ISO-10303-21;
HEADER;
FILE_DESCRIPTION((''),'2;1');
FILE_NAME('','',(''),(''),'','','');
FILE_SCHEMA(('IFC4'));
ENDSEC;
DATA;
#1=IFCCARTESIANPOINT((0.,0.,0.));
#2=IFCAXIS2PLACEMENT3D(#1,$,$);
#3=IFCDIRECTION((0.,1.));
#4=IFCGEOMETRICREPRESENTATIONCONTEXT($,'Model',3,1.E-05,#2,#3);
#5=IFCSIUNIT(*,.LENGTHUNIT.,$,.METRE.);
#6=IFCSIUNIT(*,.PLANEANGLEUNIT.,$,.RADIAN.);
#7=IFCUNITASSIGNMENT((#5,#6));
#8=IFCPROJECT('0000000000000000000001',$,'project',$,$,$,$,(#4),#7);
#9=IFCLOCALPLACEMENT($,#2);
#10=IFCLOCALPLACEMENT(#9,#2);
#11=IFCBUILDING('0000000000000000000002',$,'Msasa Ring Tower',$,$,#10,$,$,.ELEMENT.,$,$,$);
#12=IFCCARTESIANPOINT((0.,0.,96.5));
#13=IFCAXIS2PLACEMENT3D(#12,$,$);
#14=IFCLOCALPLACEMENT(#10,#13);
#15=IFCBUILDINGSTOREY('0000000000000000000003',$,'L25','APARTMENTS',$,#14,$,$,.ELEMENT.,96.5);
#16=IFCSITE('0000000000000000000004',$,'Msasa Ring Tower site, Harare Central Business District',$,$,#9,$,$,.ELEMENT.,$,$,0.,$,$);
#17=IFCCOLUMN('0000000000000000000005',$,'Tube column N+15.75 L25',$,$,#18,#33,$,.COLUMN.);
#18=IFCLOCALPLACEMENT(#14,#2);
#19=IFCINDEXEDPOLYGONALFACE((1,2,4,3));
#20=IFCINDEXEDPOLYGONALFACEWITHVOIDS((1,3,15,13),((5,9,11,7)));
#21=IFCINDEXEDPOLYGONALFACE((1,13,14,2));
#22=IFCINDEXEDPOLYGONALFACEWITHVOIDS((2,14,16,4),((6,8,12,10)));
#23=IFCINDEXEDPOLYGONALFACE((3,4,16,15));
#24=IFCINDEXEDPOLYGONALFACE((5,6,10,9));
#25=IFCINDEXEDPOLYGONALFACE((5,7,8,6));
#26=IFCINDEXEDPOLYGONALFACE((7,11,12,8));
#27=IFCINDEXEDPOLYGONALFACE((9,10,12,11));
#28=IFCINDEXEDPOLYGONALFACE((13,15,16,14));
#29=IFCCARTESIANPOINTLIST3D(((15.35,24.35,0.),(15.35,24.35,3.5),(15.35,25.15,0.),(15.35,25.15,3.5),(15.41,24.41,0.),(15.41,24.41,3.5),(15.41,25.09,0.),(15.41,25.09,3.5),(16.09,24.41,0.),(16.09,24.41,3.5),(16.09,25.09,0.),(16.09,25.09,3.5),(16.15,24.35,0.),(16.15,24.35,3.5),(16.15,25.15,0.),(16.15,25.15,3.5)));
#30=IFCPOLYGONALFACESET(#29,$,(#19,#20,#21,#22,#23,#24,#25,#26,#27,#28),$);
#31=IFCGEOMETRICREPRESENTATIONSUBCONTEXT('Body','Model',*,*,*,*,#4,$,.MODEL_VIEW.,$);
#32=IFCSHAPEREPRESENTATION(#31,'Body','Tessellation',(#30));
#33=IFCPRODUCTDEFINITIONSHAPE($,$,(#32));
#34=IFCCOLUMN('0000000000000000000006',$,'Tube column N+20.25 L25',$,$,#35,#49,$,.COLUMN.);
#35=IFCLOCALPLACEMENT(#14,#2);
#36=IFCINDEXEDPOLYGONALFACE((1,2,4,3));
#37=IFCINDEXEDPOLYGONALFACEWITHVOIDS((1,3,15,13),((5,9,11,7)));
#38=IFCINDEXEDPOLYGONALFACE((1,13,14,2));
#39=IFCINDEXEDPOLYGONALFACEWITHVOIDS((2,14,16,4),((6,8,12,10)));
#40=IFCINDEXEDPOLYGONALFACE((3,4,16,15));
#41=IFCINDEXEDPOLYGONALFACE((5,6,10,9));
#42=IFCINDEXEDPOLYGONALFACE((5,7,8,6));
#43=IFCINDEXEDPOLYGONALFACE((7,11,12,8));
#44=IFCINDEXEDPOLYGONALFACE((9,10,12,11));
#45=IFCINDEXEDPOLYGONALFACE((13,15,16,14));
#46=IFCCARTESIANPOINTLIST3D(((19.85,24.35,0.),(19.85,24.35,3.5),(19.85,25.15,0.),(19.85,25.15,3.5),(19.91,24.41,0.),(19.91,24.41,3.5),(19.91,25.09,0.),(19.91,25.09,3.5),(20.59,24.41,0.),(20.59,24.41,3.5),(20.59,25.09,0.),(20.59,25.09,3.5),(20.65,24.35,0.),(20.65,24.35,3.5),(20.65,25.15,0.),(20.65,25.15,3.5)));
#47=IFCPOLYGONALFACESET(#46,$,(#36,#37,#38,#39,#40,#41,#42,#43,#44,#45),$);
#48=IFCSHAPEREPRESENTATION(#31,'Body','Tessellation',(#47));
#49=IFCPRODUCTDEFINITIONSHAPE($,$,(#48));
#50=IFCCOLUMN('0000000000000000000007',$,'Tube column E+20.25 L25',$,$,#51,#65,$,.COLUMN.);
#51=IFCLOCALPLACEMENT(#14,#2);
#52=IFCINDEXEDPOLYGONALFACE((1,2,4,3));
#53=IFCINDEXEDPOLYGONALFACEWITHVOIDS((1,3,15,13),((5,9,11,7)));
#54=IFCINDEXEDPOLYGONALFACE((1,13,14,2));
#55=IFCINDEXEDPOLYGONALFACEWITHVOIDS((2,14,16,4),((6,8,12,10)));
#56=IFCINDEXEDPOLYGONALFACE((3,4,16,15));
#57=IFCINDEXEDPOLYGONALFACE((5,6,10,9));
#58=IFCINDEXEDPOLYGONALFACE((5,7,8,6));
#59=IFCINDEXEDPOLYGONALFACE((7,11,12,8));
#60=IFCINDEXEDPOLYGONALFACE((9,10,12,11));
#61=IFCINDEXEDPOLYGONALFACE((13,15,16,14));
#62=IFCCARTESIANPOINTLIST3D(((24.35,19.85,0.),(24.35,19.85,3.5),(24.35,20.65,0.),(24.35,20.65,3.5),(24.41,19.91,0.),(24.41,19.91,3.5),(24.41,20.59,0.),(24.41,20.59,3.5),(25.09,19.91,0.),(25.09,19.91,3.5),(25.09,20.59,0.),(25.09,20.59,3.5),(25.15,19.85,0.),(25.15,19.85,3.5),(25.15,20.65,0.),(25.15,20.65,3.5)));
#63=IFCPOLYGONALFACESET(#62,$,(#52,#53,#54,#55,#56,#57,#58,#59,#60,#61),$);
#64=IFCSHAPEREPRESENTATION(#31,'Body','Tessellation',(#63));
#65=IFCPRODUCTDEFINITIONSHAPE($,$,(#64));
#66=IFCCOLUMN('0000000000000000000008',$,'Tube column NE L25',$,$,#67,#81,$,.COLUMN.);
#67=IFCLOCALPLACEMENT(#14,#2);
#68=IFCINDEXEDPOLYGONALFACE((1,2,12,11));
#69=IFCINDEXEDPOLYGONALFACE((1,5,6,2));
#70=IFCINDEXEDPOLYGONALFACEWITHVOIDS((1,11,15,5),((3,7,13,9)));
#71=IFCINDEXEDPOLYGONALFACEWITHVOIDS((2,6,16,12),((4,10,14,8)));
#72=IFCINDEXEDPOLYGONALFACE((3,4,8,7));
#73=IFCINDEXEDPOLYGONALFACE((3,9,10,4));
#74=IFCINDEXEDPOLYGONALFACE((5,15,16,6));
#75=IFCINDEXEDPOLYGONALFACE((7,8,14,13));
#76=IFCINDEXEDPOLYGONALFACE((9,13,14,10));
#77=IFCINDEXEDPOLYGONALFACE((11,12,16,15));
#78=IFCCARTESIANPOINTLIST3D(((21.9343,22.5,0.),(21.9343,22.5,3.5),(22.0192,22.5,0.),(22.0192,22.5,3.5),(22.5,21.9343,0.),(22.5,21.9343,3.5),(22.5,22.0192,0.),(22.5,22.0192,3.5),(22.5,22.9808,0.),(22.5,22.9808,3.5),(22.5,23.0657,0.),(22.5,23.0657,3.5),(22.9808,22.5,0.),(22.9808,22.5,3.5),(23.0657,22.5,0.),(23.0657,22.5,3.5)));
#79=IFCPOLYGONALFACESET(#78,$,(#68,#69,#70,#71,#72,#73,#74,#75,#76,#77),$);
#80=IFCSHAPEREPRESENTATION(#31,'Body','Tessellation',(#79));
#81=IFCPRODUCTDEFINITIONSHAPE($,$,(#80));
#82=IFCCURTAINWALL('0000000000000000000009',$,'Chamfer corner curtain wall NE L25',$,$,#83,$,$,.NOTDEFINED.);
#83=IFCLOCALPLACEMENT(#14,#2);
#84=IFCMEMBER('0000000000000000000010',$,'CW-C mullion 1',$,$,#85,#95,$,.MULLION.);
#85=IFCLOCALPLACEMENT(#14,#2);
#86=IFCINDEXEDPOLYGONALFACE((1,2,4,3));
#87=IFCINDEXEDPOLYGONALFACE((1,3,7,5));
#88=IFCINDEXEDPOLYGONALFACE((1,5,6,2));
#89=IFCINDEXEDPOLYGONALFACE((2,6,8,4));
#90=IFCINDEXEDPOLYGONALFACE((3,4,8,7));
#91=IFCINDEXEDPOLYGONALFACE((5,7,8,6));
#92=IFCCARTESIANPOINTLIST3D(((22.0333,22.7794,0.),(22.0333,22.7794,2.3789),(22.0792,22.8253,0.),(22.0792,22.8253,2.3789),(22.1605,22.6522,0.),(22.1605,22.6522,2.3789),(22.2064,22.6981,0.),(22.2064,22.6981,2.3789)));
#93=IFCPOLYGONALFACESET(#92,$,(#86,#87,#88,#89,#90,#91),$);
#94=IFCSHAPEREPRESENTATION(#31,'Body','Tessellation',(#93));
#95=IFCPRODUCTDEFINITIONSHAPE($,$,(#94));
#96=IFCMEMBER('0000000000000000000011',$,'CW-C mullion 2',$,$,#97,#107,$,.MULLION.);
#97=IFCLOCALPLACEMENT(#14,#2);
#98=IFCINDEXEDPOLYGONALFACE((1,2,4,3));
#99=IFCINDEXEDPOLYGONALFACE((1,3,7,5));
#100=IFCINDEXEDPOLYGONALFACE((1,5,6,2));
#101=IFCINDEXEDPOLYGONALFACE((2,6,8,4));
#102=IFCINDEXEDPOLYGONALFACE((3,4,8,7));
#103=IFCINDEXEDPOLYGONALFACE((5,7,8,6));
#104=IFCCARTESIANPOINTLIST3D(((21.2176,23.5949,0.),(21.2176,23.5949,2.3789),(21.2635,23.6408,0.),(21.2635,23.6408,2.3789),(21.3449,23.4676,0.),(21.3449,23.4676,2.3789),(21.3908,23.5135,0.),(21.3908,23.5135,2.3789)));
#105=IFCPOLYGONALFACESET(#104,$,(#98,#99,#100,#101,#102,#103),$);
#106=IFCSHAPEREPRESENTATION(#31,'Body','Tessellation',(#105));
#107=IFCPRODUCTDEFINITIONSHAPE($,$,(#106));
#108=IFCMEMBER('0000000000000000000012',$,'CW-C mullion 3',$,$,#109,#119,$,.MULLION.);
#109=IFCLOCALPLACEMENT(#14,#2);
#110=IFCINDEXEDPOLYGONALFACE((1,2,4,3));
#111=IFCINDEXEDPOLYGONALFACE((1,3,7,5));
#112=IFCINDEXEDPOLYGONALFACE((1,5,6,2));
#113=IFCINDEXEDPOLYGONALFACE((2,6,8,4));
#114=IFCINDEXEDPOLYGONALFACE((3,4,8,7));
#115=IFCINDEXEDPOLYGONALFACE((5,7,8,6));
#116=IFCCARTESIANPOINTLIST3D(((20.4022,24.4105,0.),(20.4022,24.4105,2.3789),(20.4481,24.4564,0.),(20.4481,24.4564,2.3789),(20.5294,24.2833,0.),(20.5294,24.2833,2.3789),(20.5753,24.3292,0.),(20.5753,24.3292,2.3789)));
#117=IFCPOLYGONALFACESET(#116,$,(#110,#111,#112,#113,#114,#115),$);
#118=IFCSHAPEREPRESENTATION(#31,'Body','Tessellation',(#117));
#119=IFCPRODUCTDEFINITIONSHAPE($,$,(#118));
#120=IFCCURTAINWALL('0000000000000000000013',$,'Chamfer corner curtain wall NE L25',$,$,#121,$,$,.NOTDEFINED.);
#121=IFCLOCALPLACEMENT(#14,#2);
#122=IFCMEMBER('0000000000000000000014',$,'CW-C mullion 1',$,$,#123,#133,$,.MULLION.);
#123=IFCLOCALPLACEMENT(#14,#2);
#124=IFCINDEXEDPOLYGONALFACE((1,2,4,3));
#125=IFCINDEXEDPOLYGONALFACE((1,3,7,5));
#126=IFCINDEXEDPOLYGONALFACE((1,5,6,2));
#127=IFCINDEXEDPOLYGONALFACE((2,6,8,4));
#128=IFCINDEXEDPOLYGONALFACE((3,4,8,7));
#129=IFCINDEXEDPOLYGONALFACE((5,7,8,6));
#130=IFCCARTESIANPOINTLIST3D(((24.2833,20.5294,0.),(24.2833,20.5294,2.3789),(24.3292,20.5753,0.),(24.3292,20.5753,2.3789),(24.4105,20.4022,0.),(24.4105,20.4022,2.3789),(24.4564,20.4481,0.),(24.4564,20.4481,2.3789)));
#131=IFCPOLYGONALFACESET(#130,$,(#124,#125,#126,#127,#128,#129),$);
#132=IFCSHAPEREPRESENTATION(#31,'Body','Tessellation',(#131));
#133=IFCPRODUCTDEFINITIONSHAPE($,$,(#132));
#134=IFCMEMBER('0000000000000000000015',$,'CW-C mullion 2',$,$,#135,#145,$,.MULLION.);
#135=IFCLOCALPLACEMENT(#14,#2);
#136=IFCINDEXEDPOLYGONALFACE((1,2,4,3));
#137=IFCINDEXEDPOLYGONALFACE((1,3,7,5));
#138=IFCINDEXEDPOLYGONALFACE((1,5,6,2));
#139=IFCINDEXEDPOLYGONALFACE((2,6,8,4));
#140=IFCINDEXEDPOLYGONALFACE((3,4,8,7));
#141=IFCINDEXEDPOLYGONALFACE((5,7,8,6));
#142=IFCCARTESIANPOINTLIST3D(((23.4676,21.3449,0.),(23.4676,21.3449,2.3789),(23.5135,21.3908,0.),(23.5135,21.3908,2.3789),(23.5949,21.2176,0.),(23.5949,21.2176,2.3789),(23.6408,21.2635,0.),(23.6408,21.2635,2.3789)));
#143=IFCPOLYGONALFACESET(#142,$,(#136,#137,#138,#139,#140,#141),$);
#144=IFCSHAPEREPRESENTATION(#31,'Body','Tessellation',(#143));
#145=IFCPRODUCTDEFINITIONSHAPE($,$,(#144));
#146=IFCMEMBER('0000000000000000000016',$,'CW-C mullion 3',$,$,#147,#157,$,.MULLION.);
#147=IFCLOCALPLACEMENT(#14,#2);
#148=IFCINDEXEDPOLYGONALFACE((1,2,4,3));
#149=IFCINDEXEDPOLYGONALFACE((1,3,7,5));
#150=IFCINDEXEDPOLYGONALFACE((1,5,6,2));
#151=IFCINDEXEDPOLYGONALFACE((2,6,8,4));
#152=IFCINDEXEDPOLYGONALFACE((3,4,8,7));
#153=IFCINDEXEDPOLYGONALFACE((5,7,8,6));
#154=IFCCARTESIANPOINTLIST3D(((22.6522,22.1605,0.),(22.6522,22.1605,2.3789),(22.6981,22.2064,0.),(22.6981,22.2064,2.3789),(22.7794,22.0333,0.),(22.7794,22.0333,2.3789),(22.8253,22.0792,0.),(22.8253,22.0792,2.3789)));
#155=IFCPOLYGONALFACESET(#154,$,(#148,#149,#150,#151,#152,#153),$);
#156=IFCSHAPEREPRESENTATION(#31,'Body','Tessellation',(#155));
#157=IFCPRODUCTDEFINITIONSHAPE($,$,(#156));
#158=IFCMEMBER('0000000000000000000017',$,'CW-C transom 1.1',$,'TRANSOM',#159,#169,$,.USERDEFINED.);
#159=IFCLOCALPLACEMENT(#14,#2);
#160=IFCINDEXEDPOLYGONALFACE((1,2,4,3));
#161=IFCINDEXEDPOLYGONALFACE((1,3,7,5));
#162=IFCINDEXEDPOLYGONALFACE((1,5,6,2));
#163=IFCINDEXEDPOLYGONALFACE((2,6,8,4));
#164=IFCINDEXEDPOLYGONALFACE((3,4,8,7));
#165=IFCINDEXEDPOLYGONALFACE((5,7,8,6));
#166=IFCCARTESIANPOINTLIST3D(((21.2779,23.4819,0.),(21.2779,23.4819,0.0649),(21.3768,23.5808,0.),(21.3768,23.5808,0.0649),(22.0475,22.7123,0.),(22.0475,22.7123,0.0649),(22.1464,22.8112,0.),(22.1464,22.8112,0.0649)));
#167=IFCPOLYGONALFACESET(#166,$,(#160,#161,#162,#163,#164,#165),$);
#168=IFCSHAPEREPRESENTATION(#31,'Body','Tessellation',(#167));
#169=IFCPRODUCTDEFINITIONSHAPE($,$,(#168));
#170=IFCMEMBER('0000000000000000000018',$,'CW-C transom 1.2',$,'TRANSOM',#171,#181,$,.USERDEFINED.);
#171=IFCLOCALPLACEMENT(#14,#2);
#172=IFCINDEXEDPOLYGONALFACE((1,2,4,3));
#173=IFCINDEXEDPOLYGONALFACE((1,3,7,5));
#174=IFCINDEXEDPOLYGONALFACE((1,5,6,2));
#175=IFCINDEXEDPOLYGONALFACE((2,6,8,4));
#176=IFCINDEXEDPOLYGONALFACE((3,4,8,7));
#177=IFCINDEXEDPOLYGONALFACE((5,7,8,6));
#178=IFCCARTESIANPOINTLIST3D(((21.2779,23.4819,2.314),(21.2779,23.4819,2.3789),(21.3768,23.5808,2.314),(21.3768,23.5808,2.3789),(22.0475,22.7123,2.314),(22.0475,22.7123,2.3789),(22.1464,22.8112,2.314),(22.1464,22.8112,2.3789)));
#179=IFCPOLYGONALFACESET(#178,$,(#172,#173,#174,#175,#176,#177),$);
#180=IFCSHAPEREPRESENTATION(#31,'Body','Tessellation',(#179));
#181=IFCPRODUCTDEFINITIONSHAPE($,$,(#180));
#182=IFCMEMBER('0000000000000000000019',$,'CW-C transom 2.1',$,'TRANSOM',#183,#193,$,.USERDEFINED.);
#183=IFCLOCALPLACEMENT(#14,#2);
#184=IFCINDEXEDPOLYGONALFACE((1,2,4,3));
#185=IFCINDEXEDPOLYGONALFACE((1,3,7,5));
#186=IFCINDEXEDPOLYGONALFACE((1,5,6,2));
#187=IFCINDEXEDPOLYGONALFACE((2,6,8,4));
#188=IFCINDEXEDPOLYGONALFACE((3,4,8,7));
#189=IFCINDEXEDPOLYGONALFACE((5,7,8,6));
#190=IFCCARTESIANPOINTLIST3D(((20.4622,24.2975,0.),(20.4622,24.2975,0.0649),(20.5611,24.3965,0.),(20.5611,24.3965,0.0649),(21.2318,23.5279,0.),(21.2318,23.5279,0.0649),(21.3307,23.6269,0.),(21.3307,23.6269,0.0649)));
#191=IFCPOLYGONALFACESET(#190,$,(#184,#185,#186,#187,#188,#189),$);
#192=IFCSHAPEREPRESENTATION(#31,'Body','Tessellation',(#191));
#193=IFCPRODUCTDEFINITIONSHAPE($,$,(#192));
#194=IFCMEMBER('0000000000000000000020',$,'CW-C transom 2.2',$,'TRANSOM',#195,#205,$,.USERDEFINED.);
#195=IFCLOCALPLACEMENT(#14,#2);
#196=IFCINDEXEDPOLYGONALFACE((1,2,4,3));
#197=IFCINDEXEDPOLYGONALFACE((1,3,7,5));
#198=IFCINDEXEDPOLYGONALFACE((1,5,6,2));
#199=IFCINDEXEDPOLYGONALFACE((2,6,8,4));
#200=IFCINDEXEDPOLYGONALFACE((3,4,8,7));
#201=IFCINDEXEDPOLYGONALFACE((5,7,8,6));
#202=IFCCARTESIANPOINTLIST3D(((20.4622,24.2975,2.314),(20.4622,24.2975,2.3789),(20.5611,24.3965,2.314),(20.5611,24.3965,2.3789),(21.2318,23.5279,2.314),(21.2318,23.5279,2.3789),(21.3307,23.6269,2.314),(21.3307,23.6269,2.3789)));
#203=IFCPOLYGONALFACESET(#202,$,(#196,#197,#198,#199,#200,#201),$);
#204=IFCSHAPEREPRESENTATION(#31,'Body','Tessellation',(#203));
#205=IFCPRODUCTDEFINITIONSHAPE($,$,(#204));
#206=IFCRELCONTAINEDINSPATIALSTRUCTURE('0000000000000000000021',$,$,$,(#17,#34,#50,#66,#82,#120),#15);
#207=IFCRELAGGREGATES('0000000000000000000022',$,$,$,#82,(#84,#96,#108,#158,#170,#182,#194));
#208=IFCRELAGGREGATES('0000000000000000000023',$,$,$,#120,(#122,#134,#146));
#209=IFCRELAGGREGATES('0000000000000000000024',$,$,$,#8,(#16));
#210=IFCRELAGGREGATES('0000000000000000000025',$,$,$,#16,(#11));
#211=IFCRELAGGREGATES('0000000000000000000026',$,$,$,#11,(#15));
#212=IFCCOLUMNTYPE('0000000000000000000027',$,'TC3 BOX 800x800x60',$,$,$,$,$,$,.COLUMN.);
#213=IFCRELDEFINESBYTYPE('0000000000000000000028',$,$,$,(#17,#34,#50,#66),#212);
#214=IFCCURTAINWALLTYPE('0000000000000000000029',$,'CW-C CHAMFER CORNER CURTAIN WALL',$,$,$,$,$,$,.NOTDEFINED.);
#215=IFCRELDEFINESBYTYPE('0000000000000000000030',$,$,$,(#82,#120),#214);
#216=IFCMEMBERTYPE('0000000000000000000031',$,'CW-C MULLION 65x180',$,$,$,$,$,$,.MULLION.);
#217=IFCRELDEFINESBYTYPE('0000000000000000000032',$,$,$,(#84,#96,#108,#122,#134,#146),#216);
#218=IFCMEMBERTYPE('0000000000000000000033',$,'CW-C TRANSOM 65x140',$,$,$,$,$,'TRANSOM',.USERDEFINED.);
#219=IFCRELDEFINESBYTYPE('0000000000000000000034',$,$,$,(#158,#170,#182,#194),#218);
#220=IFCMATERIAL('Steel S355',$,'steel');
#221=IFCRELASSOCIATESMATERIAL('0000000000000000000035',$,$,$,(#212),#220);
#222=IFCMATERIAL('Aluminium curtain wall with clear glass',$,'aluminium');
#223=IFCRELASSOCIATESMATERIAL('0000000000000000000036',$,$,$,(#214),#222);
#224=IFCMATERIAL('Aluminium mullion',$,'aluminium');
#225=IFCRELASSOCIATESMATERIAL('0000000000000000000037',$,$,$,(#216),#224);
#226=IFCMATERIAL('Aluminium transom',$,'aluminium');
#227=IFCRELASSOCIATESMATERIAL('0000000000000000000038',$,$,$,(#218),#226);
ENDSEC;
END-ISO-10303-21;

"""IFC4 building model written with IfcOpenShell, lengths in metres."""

from ifc_helpers import new_model, si_unit, direction, frame, origin, origin_2d, place, context, subcontext, project, spatial, rectangle, hollow_rectangle, extrude, material, material_profile, profile_set, type_object, element, aggregate, save


model = new_model("IFC4")

# Units and contexts
model_context = context("Model", 3, precision=1e-05, world=origin(), true_north=direction((0.0, 1.0)))
body_context = subcontext(model_context, "Body", "Model", "MODEL_VIEW")
ifc_project = project(units=[si_unit("LENGTHUNIT", "METRE"), si_unit("PLANEANGLEUNIT", "RADIAN")], contexts=[model_context])

# Site, building, storey
site_placement = place(None, origin())
site = spatial("IfcSite", under=ifc_project, at=site_placement, Name="Msasa Ring Tower site, Harare Central Business District", CompositionType="ELEMENT", RefElevation=0.0)
building_placement = place(site_placement, origin())
building = spatial("IfcBuilding", under=site, at=building_placement, Name="Msasa Ring Tower", CompositionType="ELEMENT")
storey_placement = place(building_placement, frame((0.0, 0.0, 96.5)))
storey = spatial("IfcBuildingStorey", under=building, at=storey_placement, Name="L25", Description="APARTMENTS", CompositionType="ELEMENT", Elevation=96.5)

# Columns
ifc_material_1 = material(Name="Steel S355", Category="steel")
ifc_material_profile_1 = material_profile(ifc_material_1, hollow_rectangle(XDim=0.8, YDim=0.8, WallThickness=0.0601, at=origin_2d()), Name="BOX 800x800x60")
ifc_profile_set_1 = profile_set([ifc_material_profile_1], Name="Steel S355")
column_type = type_object("IfcColumnType", Name="TC3 BOX 800x800x60", PredefinedType="COLUMN", material=ifc_profile_set_1)
for number, where, z_axis, x_axis, name in (
    (1, (15.75, 24.75, 0.0), (0.0, 0.0, 1.0), (0.0, 1.0, 0.0), "Tube column N+15.75 L25"),
    (2, (20.25, 24.75, 0.0), (0.0, 0.0, 1.0), (0.0, 1.0, 0.0), "Tube column N+20.25 L25"),
    (3, (24.75, 20.25, 0.0), (0.0, 0.0, 1.0), (1.0, 0.0, 0.0), "Tube column E+20.25 L25"),
    (4, (22.5, 22.5, 0.0), (0.0, 0.0, 1.0), (0.707107, 0.707107, 0.0), "Tube column NE L25"),
):
    element("IfcColumn", number, at=place(storey_placement, frame(where, z_axis=z_axis, x_axis=x_axis)), inside=storey, type_object=column_type, Name=name, PredefinedType="COLUMN", context=body_context, shape_type="SweptSolid", body=[
        extrude(hollow_rectangle(XDim=0.8, YDim=0.8, WallThickness=0.0601, at=origin_2d()), origin(), (0.0, 0.0, 1.0), 3.5),
    ])

# Curtain walls, members
ifc_material_2 = material(Name="Aluminium curtain wall with clear glass", Category="aluminium")
curtain_wall_type = type_object("IfcCurtainWallType", Name="CW-C CHAMFER CORNER CURTAIN WALL", PredefinedType="NOTDEFINED", material=ifc_material_2)
curtain_wall_1_placement = place(storey_placement, origin())
curtain_wall_1 = element("IfcCurtainWall", 5, at=curtain_wall_1_placement, inside=storey, type_object=curtain_wall_type, Name="Chamfer corner curtain wall NE L25", PredefinedType="NOTDEFINED")
ifc_material_3 = material(Name="Aluminium mullion", Category="aluminium")
ifc_material_profile_2 = material_profile(ifc_material_3, rectangle(XDim=0.0649, YDim=0.1799, at=origin_2d()), Name="AL 65x180")
ifc_profile_set_2 = profile_set([ifc_material_profile_2], Name="Aluminium mullion")
member_type_1 = type_object("IfcMemberType", Name="CW-C MULLION 65x180", PredefinedType="MULLION", material=ifc_profile_set_2)
member_1_placement = place(storey_placement, frame((22.1199, 22.7388, 0.0), z_axis=(0.0, 0.0, 1.0), x_axis=(-0.707107, -0.707107, 0.0)))
member_1 = element("IfcMember", 6, at=member_1_placement, type_object=member_type_1, Name="CW-C mullion 1", PredefinedType="MULLION", context=body_context, shape_type="SweptSolid", body=[
    extrude(rectangle(XDim=0.0649, YDim=0.1799, at=origin_2d()), origin(), (0.0, 0.0, 1.0), 2.3789),
])
member_2_placement = place(storey_placement, frame((21.3042, 23.5542, 0.0), z_axis=(0.0, 0.0, 1.0), x_axis=(-0.707107, -0.707107, 0.0)))
member_2 = element("IfcMember", 7, at=member_2_placement, type_object=member_type_1, Name="CW-C mullion 2", PredefinedType="MULLION", context=body_context, shape_type="SweptSolid", body=[
    extrude(rectangle(XDim=0.0649, YDim=0.1799, at=origin_2d()), origin(), (0.0, 0.0, 1.0), 2.3789),
])
member_3_placement = place(storey_placement, frame((20.4888, 24.3699, 0.0), z_axis=(0.0, 0.0, 1.0), x_axis=(-0.707107, -0.707107, 0.0)))
member_3 = element("IfcMember", 8, at=member_3_placement, type_object=member_type_1, Name="CW-C mullion 3", PredefinedType="MULLION", context=body_context, shape_type="SweptSolid", body=[
    extrude(rectangle(XDim=0.0649, YDim=0.1799, at=origin_2d()), origin(), (0.0, 0.0, 1.0), 2.3789),
])
curtain_wall_2_placement = place(storey_placement, origin())
curtain_wall_2 = element("IfcCurtainWall", 9, at=curtain_wall_2_placement, inside=storey, type_object=curtain_wall_type, Name="Chamfer corner curtain wall NE L25", PredefinedType="NOTDEFINED")
member_4_placement = place(storey_placement, frame((24.3699, 20.4888, 0.0), z_axis=(0.0, 0.0, 1.0), x_axis=(-0.707107, -0.707107, 0.0)))
member_4 = element("IfcMember", 10, at=member_4_placement, type_object=member_type_1, Name="CW-C mullion 1", PredefinedType="MULLION", context=body_context, shape_type="SweptSolid", body=[
    extrude(rectangle(XDim=0.0649, YDim=0.1799, at=origin_2d()), origin(), (0.0, 0.0, 1.0), 2.3789),
])
member_5_placement = place(storey_placement, frame((23.5542, 21.3042, 0.0), z_axis=(0.0, 0.0, 1.0), x_axis=(-0.707107, -0.707107, 0.0)))
member_5 = element("IfcMember", 11, at=member_5_placement, type_object=member_type_1, Name="CW-C mullion 2", PredefinedType="MULLION", context=body_context, shape_type="SweptSolid", body=[
    extrude(rectangle(XDim=0.0649, YDim=0.1799, at=origin_2d()), origin(), (0.0, 0.0, 1.0), 2.3789),
])
member_6_placement = place(storey_placement, frame((22.7388, 22.1199, 0.0), z_axis=(0.0, 0.0, 1.0), x_axis=(-0.707107, -0.707107, 0.0)))
member_6 = element("IfcMember", 12, at=member_6_placement, type_object=member_type_1, Name="CW-C mullion 3", PredefinedType="MULLION", context=body_context, shape_type="SweptSolid", body=[
    extrude(rectangle(XDim=0.0649, YDim=0.1799, at=origin_2d()), origin(), (0.0, 0.0, 1.0), 2.3789),
])

# Members
ifc_material_4 = material(Name="Aluminium transom", Category="aluminium")
ifc_material_profile_3 = material_profile(ifc_material_4, rectangle(XDim=0.1399, YDim=0.0649, at=origin_2d()), Name="AL 65x140")
ifc_profile_set_3 = profile_set([ifc_material_profile_3], Name="Aluminium transom")
member_type_2 = type_object("IfcMemberType", Name="CW-C TRANSOM 65x140", ElementType="TRANSOM", PredefinedType="USERDEFINED", material=ifc_profile_set_3)
member_7_placement = place(storey_placement, frame((22.0969, 22.7617, 0.0325), z_axis=(-0.707107, 0.707107, 0.0), x_axis=(-0.707107, -0.707107, 0.0)))
member_7 = element("IfcMember", 13, at=member_7_placement, type_object=member_type_2, Name="CW-C transom 1.1", ObjectType="TRANSOM", PredefinedType="USERDEFINED", context=body_context, shape_type="SweptSolid", body=[
    extrude(rectangle(XDim=0.1399, YDim=0.0649, at=origin_2d()), origin(), (0.0, 0.0, 1.0), 1.0884),
])
member_8_placement = place(storey_placement, frame((22.0969, 22.7617, 2.3464), z_axis=(-0.707107, 0.707107, 0.0), x_axis=(-0.707107, -0.707107, 0.0)))
member_8 = element("IfcMember", 14, at=member_8_placement, type_object=member_type_2, Name="CW-C transom 1.2", ObjectType="TRANSOM", PredefinedType="USERDEFINED", context=body_context, shape_type="SweptSolid", body=[
    extrude(rectangle(XDim=0.1399, YDim=0.0649, at=origin_2d()), origin(), (0.0, 0.0, 1.0), 1.0884),
])
member_9_placement = place(storey_placement, frame((21.2812, 23.5774, 0.0325), z_axis=(-0.707107, 0.707107, 0.0), x_axis=(-0.707107, -0.707107, 0.0)))
member_9 = element("IfcMember", 15, at=member_9_placement, type_object=member_type_2, Name="CW-C transom 2.1", ObjectType="TRANSOM", PredefinedType="USERDEFINED", context=body_context, shape_type="SweptSolid", body=[
    extrude(rectangle(XDim=0.1399, YDim=0.0649, at=origin_2d()), origin(), (0.0, 0.0, 1.0), 1.0884),
])
member_10_placement = place(storey_placement, frame((21.2812, 23.5774, 2.3464), z_axis=(-0.707107, 0.707107, 0.0), x_axis=(-0.707107, -0.707107, 0.0)))
member_10 = element("IfcMember", 16, at=member_10_placement, type_object=member_type_2, Name="CW-C transom 2.2", ObjectType="TRANSOM", PredefinedType="USERDEFINED", context=body_context, shape_type="SweptSolid", body=[
    extrude(rectangle(XDim=0.1399, YDim=0.0649, at=origin_2d()), origin(), (0.0, 0.0, 1.0), 1.0884),
])

aggregate(curtain_wall_1, [member_1, member_2, member_3, member_7, member_8, member_9, member_10])
aggregate(curtain_wall_2, [member_4, member_5, member_6])

save(model, "model.ifc")
